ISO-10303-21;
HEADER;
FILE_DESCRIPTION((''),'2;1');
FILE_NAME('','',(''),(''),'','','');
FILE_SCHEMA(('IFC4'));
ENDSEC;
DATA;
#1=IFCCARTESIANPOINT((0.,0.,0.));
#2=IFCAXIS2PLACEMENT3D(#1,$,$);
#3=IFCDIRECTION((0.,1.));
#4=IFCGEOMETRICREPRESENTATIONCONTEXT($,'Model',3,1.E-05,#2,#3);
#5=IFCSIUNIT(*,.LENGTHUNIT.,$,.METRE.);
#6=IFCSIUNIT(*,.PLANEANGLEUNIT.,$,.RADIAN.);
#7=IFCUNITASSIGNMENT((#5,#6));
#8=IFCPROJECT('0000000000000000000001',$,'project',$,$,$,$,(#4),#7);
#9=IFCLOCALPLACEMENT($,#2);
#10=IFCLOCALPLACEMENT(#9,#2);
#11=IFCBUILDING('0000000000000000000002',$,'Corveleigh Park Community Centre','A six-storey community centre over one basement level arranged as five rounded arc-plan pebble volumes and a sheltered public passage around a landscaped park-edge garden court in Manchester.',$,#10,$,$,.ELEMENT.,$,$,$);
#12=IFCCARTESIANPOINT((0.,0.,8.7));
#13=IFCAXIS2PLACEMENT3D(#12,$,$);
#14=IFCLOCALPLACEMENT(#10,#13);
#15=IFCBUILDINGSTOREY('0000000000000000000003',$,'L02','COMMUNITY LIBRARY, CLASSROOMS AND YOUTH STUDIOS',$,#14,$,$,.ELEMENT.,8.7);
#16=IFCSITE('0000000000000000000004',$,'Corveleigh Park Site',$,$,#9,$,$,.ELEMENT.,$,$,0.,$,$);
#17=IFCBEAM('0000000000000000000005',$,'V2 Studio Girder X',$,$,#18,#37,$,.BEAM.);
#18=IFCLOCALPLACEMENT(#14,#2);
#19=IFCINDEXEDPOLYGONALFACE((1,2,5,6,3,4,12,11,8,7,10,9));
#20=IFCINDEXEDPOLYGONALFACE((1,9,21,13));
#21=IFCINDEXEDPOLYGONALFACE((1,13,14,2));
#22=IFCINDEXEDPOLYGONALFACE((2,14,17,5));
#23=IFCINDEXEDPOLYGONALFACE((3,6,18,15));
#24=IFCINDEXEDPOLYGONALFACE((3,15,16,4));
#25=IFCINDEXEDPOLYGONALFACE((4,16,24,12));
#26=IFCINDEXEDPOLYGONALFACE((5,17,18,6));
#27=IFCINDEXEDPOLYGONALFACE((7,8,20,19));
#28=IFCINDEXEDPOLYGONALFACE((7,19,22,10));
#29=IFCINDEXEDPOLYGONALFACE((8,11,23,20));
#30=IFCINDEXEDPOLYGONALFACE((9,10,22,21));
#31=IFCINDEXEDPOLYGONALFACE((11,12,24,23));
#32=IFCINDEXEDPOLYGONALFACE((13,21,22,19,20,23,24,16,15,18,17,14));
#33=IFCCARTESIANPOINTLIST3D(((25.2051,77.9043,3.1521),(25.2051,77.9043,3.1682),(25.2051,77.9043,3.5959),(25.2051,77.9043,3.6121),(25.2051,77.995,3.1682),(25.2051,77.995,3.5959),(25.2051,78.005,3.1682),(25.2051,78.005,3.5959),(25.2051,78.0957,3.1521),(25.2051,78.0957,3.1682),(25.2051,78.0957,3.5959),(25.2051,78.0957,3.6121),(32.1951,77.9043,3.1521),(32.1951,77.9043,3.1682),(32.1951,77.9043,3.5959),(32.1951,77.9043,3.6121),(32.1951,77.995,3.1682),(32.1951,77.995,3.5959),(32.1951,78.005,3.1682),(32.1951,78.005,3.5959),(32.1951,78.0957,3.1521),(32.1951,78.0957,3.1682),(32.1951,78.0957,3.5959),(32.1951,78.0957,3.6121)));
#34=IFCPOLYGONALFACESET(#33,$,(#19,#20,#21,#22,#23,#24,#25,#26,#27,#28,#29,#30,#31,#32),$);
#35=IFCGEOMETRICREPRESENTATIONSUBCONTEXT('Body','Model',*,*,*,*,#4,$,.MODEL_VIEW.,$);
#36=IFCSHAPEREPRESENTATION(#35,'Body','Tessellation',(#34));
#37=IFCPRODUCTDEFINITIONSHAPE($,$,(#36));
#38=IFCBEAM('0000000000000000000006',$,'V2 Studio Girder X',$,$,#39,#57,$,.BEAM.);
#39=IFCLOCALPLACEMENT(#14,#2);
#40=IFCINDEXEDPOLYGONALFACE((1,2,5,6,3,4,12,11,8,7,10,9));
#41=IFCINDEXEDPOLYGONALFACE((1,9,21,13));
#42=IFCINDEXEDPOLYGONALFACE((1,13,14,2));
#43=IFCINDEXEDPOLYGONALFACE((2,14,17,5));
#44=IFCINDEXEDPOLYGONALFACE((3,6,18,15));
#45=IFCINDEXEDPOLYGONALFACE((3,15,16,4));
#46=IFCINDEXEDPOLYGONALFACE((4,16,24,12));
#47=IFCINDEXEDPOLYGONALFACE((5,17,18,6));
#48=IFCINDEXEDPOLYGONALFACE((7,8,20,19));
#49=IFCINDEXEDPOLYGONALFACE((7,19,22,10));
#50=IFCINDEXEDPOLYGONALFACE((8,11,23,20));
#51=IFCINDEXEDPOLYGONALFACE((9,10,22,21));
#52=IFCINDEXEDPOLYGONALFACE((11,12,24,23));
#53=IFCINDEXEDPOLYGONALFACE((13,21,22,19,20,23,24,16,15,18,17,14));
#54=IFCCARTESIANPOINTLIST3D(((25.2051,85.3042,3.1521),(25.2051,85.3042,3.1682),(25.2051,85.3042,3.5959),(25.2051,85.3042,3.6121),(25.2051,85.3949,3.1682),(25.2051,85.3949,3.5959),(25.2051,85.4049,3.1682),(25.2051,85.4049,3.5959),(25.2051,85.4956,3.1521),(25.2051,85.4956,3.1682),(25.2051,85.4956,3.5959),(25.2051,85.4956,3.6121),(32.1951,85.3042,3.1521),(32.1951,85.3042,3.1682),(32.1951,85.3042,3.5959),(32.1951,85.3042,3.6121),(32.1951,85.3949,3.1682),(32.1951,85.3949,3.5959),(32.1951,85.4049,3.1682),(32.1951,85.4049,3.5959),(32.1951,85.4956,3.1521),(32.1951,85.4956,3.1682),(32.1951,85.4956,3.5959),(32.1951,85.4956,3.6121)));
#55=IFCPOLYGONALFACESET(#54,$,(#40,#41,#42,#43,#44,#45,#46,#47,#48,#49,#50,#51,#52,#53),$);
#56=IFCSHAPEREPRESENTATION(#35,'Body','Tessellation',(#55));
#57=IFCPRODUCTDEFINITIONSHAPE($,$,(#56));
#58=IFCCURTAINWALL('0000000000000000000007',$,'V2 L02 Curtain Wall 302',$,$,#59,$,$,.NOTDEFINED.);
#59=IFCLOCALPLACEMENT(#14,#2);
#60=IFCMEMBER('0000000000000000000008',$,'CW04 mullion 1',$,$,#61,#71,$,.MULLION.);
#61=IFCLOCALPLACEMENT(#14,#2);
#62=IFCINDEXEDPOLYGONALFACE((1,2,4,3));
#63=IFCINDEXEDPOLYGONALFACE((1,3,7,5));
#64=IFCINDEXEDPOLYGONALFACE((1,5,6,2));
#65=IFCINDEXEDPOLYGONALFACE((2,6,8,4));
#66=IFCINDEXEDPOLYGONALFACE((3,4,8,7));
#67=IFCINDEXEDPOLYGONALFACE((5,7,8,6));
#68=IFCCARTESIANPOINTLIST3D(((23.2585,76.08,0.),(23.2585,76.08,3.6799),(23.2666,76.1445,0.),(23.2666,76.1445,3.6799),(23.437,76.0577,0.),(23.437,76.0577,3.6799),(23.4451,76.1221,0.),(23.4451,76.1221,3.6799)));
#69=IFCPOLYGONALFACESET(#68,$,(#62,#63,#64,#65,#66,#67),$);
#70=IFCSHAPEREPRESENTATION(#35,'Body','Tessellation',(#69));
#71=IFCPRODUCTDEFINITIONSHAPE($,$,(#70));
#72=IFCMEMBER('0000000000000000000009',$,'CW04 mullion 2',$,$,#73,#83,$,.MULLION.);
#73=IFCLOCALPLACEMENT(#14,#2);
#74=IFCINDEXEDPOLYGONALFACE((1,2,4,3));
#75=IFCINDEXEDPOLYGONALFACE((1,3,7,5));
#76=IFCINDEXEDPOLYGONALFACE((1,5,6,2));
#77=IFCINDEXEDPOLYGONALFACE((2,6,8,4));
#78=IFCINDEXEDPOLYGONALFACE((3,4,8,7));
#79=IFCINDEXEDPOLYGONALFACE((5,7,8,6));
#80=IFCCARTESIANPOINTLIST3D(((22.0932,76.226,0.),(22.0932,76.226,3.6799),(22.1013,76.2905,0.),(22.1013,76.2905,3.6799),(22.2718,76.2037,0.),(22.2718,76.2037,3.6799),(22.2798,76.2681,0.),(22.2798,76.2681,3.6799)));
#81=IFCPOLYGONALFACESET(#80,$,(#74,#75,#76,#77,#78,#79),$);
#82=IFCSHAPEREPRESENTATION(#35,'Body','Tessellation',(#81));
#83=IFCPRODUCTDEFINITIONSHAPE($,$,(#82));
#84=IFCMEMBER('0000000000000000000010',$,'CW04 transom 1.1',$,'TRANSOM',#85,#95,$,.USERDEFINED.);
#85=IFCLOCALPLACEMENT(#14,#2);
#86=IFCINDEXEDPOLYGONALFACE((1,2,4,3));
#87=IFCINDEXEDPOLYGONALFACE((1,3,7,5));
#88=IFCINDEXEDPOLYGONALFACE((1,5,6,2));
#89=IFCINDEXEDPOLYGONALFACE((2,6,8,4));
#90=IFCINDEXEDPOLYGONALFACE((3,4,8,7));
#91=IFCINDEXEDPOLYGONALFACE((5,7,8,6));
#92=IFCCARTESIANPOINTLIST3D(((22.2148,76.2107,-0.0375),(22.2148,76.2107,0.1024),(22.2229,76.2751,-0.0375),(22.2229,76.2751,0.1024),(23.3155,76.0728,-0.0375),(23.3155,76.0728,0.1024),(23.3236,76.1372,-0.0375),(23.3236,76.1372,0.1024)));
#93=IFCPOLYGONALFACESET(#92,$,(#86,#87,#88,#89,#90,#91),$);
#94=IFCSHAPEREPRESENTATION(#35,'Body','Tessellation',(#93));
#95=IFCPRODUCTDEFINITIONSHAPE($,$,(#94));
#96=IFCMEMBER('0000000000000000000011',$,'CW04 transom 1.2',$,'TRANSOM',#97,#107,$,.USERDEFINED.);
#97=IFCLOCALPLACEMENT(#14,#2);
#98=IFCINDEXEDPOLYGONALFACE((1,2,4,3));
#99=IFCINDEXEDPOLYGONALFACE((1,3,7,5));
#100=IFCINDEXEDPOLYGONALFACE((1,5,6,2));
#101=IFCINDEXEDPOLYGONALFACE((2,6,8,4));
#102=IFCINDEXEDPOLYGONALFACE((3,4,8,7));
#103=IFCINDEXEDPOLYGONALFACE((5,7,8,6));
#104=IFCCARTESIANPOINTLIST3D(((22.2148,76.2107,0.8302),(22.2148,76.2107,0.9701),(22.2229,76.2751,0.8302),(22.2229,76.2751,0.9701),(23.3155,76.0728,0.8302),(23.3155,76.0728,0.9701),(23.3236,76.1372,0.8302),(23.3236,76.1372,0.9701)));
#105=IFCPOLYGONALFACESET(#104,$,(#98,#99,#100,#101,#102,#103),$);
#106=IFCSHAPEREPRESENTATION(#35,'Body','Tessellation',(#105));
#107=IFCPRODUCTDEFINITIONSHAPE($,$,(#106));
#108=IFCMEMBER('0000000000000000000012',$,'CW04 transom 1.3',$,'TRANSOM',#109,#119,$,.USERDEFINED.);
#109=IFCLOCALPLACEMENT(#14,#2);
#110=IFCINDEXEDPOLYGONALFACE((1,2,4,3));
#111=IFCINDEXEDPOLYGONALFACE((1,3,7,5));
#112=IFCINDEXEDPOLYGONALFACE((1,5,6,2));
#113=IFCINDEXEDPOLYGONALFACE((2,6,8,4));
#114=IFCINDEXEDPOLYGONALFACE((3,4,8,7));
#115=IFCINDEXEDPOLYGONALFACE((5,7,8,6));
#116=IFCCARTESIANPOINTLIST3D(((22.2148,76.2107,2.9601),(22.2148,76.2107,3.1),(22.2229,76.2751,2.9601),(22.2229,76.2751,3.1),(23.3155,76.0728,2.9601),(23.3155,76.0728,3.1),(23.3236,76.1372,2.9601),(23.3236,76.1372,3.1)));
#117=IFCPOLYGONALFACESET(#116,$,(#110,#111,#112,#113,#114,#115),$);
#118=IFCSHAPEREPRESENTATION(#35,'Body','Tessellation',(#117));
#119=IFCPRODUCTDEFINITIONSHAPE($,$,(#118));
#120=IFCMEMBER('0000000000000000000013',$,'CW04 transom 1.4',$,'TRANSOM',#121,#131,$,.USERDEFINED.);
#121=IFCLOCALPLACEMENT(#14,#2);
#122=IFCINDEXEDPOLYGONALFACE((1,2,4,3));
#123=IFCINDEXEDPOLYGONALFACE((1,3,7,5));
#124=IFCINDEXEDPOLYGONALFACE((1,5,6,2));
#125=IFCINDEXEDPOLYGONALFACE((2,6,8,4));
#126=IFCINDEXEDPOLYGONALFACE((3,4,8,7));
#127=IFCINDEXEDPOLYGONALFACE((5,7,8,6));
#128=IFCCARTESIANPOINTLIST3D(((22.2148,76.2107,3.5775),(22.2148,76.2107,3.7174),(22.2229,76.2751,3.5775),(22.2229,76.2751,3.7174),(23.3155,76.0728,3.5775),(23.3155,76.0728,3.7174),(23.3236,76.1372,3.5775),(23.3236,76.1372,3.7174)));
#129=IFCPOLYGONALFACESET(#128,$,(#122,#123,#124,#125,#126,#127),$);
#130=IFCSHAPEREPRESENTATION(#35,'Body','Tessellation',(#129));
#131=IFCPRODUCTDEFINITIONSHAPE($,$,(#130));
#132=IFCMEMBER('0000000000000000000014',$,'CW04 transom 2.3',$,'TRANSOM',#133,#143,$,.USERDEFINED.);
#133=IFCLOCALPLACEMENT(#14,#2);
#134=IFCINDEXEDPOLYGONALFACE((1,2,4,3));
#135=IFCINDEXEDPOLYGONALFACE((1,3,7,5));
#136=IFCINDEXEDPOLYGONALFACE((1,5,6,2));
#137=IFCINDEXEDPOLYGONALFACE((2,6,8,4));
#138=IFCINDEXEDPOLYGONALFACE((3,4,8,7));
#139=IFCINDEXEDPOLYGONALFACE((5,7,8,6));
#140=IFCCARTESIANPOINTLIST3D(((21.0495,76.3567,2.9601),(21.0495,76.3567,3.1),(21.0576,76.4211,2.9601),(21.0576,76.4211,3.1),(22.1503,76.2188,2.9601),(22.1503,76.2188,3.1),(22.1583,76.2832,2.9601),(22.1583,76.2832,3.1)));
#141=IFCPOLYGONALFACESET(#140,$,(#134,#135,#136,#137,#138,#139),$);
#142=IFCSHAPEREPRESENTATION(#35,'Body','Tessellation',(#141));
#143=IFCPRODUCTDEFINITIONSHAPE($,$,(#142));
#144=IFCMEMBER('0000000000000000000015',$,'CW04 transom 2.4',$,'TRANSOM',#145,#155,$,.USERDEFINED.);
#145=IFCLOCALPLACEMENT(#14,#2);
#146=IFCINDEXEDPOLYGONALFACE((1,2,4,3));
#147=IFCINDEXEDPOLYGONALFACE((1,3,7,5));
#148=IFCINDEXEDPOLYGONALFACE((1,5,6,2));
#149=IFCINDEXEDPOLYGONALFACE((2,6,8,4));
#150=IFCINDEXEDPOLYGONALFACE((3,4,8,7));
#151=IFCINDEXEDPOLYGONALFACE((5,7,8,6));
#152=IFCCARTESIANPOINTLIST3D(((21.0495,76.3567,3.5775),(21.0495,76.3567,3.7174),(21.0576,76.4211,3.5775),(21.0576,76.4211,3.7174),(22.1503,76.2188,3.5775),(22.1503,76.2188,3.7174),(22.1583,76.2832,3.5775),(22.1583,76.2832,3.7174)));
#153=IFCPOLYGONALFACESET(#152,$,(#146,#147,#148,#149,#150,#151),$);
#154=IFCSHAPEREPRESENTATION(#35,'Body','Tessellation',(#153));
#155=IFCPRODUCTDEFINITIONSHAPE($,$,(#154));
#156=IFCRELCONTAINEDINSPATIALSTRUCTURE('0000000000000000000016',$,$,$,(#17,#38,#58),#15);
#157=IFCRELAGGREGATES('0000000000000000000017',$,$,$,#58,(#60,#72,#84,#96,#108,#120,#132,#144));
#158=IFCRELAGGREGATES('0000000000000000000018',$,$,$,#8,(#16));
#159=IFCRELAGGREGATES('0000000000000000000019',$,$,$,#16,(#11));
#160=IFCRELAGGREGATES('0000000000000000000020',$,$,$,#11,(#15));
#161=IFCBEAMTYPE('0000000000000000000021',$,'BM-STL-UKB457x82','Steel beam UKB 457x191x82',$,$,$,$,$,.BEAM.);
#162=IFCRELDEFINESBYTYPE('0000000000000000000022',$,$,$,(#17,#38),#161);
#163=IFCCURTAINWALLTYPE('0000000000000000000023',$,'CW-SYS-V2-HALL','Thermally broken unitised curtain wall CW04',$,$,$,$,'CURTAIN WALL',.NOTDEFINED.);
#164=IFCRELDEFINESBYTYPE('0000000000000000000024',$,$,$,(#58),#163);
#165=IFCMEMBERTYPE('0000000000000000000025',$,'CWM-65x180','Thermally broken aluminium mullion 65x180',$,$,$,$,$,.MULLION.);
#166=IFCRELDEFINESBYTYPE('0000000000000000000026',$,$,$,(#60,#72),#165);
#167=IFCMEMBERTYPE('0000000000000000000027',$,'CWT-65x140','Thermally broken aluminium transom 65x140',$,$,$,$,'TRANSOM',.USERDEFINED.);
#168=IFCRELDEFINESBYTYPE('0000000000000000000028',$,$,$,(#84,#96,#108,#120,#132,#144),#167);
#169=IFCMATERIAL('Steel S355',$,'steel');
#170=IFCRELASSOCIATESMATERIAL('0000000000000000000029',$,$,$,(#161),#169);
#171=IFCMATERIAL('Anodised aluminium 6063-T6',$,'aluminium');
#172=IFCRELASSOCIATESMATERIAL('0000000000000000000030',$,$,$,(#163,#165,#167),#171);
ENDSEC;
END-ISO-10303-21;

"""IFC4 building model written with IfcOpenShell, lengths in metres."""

from ifc_helpers import new_model, si_unit, direction, frame, origin, origin_2d, place, context, subcontext, project, spatial, rectangle, i_section, extrude, material, material_profile, profile_set, type_object, element, aggregate, save


model = new_model("IFC4")

# Units and contexts
model_context = context("Model", 3, precision=1e-05, world=origin(), true_north=direction((0.0, 1.0)))
body_context = subcontext(model_context, "Body", "Model", "MODEL_VIEW")
ifc_project = project(units=[si_unit("LENGTHUNIT", "METRE"), si_unit("PLANEANGLEUNIT", "RADIAN")], contexts=[model_context])

# Site, building, storey
site_placement = place(None, origin())
site = spatial("IfcSite", under=ifc_project, at=site_placement, Name="Corveleigh Park Site", CompositionType="ELEMENT", RefElevation=0.0)
building_placement = place(site_placement, origin())
building = spatial("IfcBuilding", under=site, at=building_placement, Name="Corveleigh Park Community Centre", Description="A six-storey community centre over one basement level arranged as five rounded arc-plan pebble volumes and a sheltered public passage around a landscaped park-edge garden court in Manchester.", CompositionType="ELEMENT")
storey_placement = place(building_placement, frame((0.0, 0.0, 8.7)))
storey = spatial("IfcBuildingStorey", under=building, at=storey_placement, Name="L02", Description="COMMUNITY LIBRARY, CLASSROOMS AND YOUTH STUDIOS", CompositionType="ELEMENT", Elevation=8.7)

# Shared definitions
ifc_material_1 = material(Name="Steel S355", Category="steel")

# Beams
ifc_material_profile_1 = material_profile(ifc_material_1, i_section(OverallWidth=0.1914, OverallDepth=0.46, WebThickness=0.01, FlangeThickness=0.0161, at=origin_2d()), Name="UKB 457x191x82", Category="steel")
ifc_profile_set_1 = profile_set([ifc_material_profile_1], Name="Steel S355")
beam_type_1 = type_object("IfcBeamType", Name="BM-STL-UKB457x82", Description="Steel beam UKB 457x191x82", PredefinedType="BEAM", material=ifc_profile_set_1)
for number, where, z_axis, x_axis, name in (
    (1, (25.2051, 78.0, 3.3821), (1.0, 0.0, 0.0), (0.0, 1.0, 0.0), "V2 Studio Girder X"),
    (2, (25.2051, 85.3999, 3.3821), (1.0, 0.0, 0.0), (0.0, 1.0, 0.0), "V2 Studio Girder X"),
):
    element("IfcBeam", number, at=place(storey_placement, frame(where, z_axis=z_axis, x_axis=x_axis)), inside=storey, type_object=beam_type_1, Name=name, PredefinedType="BEAM", context=body_context, shape_type="SweptSolid", body=[
        extrude(i_section(OverallWidth=0.1914, OverallDepth=0.46, WebThickness=0.01, FlangeThickness=0.0161, at=origin_2d()), origin(), (0.0, 0.0, 1.0), 6.99),
    ])

# Curtain wall, members
ifc_material_2 = material(Name="Anodised aluminium 6063-T6", Category="aluminium")
curtain_wall_type = type_object("IfcCurtainWallType", Name="CW-SYS-V2-HALL", Description="Thermally broken unitised curtain wall CW04", ElementType="CURTAIN WALL", PredefinedType="NOTDEFINED", material=ifc_material_2)
curtain_wall_placement = place(storey_placement, origin())
curtain_wall = element("IfcCurtainWall", 3, at=curtain_wall_placement, inside=storey, type_object=curtain_wall_type, Name="V2 L02 Curtain Wall 302", PredefinedType="NOTDEFINED")
ifc_material_profile_2 = material_profile(ifc_material_2, rectangle(XDim=0.0649, YDim=0.1799, at=origin_2d()), Name="ALU-M65x180", Category="aluminium")
ifc_profile_set_2 = profile_set([ifc_material_profile_2], Name="Anodised aluminium 6063-T6")
member_type_1 = type_object("IfcMemberType", Name="CWM-65x180", Description="Thermally broken aluminium mullion 65x180", PredefinedType="MULLION", material=ifc_profile_set_2)
member_1_placement = place(storey_placement, frame((23.3518, 76.1011, 0.0), z_axis=(0.0, 0.0, 1.0), x_axis=(-0.12429, -0.992246, 0.0)))
member_1 = element("IfcMember", 4, at=member_1_placement, type_object=member_type_1, Name="CW04 mullion 1", PredefinedType="MULLION", context=body_context, shape_type="SweptSolid", body=[
    extrude(rectangle(XDim=0.0649, YDim=0.1799, at=origin_2d()), origin(), (0.0, 0.0, 1.0), 3.6799),
])
member_2_placement = place(storey_placement, frame((22.1865, 76.2471, 0.0), z_axis=(0.0, 0.0, 1.0), x_axis=(-0.12429, -0.992246, 0.0)))
member_2 = element("IfcMember", 5, at=member_2_placement, type_object=member_type_1, Name="CW04 mullion 2", PredefinedType="MULLION", context=body_context, shape_type="SweptSolid", body=[
    extrude(rectangle(XDim=0.0649, YDim=0.1799, at=origin_2d()), origin(), (0.0, 0.0, 1.0), 3.6799),
])
ifc_material_profile_3 = material_profile(ifc_material_2, rectangle(XDim=0.0649, YDim=0.1399, at=origin_2d()), Name="ALU-T65x140", Category="aluminium")
ifc_profile_set_3 = profile_set([ifc_material_profile_3], Name="Anodised aluminium 6063-T6")
member_type_2 = type_object("IfcMemberType", Name="CWT-65x140", Description="Thermally broken aluminium transom 65x140", ElementType="TRANSOM", PredefinedType="USERDEFINED", material=ifc_profile_set_3)
member_3_placement = place(storey_placement, frame((23.3196, 76.105, 0.0325), z_axis=(-0.992241, 0.124333, 0.0), x_axis=(-0.124333, -0.992241, 0.0)))
member_3 = element("IfcMember", 6, at=member_3_placement, type_object=member_type_2, Name="CW04 transom 1.1", ObjectType="TRANSOM", PredefinedType="USERDEFINED", context=body_context, shape_type="SweptSolid", body=[
    extrude(rectangle(XDim=0.0649, YDim=0.1399, at=origin_2d()), origin(), (0.0, 0.0, 1.0), 1.1094),
])
member_4_placement = place(storey_placement, frame((23.3196, 76.105, 0.9001), z_axis=(-0.992241, 0.124333, 0.0), x_axis=(-0.124333, -0.992241, 0.0)))
member_4 = element("IfcMember", 7, at=member_4_placement, type_object=member_type_2, Name="CW04 transom 1.2", ObjectType="TRANSOM", PredefinedType="USERDEFINED", context=body_context, shape_type="SweptSolid", body=[
    extrude(rectangle(XDim=0.0649, YDim=0.1399, at=origin_2d()), origin(), (0.0, 0.0, 1.0), 1.1094),
])
member_5_placement = place(storey_placement, frame((23.3196, 76.105, 3.03), z_axis=(-0.992241, 0.124333, 0.0), x_axis=(-0.124333, -0.992241, 0.0)))
member_5 = element("IfcMember", 8, at=member_5_placement, type_object=member_type_2, Name="CW04 transom 1.3", ObjectType="TRANSOM", PredefinedType="USERDEFINED", context=body_context, shape_type="SweptSolid", body=[
    extrude(rectangle(XDim=0.0649, YDim=0.1399, at=origin_2d()), origin(), (0.0, 0.0, 1.0), 1.1094),
])
member_6_placement = place(storey_placement, frame((23.3196, 76.105, 3.6475), z_axis=(-0.992241, 0.124333, 0.0), x_axis=(-0.124333, -0.992241, 0.0)))
member_6 = element("IfcMember", 9, at=member_6_placement, type_object=member_type_2, Name="CW04 transom 1.4", ObjectType="TRANSOM", PredefinedType="USERDEFINED", context=body_context, shape_type="SweptSolid", body=[
    extrude(rectangle(XDim=0.0649, YDim=0.1399, at=origin_2d()), origin(), (0.0, 0.0, 1.0), 1.1094),
])
member_7_placement = place(storey_placement, frame((22.1543, 76.251, 3.03), z_axis=(-0.992241, 0.124333, 0.0), x_axis=(-0.124333, -0.992241, 0.0)))
member_7 = element("IfcMember", 10, at=member_7_placement, type_object=member_type_2, Name="CW04 transom 2.3", ObjectType="TRANSOM", PredefinedType="USERDEFINED", context=body_context, shape_type="SweptSolid", body=[
    extrude(rectangle(XDim=0.0649, YDim=0.1399, at=origin_2d()), origin(), (0.0, 0.0, 1.0), 1.1094),
])
member_8_placement = place(storey_placement, frame((22.1543, 76.251, 3.6475), z_axis=(-0.992241, 0.124333, 0.0), x_axis=(-0.124333, -0.992241, 0.0)))
member_8 = element("IfcMember", 11, at=member_8_placement, type_object=member_type_2, Name="CW04 transom 2.4", ObjectType="TRANSOM", PredefinedType="USERDEFINED", context=body_context, shape_type="SweptSolid", body=[
    extrude(rectangle(XDim=0.0649, YDim=0.1399, at=origin_2d()), origin(), (0.0, 0.0, 1.0), 1.1094),
])

aggregate(curtain_wall, [member_1, member_2, member_3, member_4, member_5, member_6, member_7, member_8])

save(model, "model.ifc")
